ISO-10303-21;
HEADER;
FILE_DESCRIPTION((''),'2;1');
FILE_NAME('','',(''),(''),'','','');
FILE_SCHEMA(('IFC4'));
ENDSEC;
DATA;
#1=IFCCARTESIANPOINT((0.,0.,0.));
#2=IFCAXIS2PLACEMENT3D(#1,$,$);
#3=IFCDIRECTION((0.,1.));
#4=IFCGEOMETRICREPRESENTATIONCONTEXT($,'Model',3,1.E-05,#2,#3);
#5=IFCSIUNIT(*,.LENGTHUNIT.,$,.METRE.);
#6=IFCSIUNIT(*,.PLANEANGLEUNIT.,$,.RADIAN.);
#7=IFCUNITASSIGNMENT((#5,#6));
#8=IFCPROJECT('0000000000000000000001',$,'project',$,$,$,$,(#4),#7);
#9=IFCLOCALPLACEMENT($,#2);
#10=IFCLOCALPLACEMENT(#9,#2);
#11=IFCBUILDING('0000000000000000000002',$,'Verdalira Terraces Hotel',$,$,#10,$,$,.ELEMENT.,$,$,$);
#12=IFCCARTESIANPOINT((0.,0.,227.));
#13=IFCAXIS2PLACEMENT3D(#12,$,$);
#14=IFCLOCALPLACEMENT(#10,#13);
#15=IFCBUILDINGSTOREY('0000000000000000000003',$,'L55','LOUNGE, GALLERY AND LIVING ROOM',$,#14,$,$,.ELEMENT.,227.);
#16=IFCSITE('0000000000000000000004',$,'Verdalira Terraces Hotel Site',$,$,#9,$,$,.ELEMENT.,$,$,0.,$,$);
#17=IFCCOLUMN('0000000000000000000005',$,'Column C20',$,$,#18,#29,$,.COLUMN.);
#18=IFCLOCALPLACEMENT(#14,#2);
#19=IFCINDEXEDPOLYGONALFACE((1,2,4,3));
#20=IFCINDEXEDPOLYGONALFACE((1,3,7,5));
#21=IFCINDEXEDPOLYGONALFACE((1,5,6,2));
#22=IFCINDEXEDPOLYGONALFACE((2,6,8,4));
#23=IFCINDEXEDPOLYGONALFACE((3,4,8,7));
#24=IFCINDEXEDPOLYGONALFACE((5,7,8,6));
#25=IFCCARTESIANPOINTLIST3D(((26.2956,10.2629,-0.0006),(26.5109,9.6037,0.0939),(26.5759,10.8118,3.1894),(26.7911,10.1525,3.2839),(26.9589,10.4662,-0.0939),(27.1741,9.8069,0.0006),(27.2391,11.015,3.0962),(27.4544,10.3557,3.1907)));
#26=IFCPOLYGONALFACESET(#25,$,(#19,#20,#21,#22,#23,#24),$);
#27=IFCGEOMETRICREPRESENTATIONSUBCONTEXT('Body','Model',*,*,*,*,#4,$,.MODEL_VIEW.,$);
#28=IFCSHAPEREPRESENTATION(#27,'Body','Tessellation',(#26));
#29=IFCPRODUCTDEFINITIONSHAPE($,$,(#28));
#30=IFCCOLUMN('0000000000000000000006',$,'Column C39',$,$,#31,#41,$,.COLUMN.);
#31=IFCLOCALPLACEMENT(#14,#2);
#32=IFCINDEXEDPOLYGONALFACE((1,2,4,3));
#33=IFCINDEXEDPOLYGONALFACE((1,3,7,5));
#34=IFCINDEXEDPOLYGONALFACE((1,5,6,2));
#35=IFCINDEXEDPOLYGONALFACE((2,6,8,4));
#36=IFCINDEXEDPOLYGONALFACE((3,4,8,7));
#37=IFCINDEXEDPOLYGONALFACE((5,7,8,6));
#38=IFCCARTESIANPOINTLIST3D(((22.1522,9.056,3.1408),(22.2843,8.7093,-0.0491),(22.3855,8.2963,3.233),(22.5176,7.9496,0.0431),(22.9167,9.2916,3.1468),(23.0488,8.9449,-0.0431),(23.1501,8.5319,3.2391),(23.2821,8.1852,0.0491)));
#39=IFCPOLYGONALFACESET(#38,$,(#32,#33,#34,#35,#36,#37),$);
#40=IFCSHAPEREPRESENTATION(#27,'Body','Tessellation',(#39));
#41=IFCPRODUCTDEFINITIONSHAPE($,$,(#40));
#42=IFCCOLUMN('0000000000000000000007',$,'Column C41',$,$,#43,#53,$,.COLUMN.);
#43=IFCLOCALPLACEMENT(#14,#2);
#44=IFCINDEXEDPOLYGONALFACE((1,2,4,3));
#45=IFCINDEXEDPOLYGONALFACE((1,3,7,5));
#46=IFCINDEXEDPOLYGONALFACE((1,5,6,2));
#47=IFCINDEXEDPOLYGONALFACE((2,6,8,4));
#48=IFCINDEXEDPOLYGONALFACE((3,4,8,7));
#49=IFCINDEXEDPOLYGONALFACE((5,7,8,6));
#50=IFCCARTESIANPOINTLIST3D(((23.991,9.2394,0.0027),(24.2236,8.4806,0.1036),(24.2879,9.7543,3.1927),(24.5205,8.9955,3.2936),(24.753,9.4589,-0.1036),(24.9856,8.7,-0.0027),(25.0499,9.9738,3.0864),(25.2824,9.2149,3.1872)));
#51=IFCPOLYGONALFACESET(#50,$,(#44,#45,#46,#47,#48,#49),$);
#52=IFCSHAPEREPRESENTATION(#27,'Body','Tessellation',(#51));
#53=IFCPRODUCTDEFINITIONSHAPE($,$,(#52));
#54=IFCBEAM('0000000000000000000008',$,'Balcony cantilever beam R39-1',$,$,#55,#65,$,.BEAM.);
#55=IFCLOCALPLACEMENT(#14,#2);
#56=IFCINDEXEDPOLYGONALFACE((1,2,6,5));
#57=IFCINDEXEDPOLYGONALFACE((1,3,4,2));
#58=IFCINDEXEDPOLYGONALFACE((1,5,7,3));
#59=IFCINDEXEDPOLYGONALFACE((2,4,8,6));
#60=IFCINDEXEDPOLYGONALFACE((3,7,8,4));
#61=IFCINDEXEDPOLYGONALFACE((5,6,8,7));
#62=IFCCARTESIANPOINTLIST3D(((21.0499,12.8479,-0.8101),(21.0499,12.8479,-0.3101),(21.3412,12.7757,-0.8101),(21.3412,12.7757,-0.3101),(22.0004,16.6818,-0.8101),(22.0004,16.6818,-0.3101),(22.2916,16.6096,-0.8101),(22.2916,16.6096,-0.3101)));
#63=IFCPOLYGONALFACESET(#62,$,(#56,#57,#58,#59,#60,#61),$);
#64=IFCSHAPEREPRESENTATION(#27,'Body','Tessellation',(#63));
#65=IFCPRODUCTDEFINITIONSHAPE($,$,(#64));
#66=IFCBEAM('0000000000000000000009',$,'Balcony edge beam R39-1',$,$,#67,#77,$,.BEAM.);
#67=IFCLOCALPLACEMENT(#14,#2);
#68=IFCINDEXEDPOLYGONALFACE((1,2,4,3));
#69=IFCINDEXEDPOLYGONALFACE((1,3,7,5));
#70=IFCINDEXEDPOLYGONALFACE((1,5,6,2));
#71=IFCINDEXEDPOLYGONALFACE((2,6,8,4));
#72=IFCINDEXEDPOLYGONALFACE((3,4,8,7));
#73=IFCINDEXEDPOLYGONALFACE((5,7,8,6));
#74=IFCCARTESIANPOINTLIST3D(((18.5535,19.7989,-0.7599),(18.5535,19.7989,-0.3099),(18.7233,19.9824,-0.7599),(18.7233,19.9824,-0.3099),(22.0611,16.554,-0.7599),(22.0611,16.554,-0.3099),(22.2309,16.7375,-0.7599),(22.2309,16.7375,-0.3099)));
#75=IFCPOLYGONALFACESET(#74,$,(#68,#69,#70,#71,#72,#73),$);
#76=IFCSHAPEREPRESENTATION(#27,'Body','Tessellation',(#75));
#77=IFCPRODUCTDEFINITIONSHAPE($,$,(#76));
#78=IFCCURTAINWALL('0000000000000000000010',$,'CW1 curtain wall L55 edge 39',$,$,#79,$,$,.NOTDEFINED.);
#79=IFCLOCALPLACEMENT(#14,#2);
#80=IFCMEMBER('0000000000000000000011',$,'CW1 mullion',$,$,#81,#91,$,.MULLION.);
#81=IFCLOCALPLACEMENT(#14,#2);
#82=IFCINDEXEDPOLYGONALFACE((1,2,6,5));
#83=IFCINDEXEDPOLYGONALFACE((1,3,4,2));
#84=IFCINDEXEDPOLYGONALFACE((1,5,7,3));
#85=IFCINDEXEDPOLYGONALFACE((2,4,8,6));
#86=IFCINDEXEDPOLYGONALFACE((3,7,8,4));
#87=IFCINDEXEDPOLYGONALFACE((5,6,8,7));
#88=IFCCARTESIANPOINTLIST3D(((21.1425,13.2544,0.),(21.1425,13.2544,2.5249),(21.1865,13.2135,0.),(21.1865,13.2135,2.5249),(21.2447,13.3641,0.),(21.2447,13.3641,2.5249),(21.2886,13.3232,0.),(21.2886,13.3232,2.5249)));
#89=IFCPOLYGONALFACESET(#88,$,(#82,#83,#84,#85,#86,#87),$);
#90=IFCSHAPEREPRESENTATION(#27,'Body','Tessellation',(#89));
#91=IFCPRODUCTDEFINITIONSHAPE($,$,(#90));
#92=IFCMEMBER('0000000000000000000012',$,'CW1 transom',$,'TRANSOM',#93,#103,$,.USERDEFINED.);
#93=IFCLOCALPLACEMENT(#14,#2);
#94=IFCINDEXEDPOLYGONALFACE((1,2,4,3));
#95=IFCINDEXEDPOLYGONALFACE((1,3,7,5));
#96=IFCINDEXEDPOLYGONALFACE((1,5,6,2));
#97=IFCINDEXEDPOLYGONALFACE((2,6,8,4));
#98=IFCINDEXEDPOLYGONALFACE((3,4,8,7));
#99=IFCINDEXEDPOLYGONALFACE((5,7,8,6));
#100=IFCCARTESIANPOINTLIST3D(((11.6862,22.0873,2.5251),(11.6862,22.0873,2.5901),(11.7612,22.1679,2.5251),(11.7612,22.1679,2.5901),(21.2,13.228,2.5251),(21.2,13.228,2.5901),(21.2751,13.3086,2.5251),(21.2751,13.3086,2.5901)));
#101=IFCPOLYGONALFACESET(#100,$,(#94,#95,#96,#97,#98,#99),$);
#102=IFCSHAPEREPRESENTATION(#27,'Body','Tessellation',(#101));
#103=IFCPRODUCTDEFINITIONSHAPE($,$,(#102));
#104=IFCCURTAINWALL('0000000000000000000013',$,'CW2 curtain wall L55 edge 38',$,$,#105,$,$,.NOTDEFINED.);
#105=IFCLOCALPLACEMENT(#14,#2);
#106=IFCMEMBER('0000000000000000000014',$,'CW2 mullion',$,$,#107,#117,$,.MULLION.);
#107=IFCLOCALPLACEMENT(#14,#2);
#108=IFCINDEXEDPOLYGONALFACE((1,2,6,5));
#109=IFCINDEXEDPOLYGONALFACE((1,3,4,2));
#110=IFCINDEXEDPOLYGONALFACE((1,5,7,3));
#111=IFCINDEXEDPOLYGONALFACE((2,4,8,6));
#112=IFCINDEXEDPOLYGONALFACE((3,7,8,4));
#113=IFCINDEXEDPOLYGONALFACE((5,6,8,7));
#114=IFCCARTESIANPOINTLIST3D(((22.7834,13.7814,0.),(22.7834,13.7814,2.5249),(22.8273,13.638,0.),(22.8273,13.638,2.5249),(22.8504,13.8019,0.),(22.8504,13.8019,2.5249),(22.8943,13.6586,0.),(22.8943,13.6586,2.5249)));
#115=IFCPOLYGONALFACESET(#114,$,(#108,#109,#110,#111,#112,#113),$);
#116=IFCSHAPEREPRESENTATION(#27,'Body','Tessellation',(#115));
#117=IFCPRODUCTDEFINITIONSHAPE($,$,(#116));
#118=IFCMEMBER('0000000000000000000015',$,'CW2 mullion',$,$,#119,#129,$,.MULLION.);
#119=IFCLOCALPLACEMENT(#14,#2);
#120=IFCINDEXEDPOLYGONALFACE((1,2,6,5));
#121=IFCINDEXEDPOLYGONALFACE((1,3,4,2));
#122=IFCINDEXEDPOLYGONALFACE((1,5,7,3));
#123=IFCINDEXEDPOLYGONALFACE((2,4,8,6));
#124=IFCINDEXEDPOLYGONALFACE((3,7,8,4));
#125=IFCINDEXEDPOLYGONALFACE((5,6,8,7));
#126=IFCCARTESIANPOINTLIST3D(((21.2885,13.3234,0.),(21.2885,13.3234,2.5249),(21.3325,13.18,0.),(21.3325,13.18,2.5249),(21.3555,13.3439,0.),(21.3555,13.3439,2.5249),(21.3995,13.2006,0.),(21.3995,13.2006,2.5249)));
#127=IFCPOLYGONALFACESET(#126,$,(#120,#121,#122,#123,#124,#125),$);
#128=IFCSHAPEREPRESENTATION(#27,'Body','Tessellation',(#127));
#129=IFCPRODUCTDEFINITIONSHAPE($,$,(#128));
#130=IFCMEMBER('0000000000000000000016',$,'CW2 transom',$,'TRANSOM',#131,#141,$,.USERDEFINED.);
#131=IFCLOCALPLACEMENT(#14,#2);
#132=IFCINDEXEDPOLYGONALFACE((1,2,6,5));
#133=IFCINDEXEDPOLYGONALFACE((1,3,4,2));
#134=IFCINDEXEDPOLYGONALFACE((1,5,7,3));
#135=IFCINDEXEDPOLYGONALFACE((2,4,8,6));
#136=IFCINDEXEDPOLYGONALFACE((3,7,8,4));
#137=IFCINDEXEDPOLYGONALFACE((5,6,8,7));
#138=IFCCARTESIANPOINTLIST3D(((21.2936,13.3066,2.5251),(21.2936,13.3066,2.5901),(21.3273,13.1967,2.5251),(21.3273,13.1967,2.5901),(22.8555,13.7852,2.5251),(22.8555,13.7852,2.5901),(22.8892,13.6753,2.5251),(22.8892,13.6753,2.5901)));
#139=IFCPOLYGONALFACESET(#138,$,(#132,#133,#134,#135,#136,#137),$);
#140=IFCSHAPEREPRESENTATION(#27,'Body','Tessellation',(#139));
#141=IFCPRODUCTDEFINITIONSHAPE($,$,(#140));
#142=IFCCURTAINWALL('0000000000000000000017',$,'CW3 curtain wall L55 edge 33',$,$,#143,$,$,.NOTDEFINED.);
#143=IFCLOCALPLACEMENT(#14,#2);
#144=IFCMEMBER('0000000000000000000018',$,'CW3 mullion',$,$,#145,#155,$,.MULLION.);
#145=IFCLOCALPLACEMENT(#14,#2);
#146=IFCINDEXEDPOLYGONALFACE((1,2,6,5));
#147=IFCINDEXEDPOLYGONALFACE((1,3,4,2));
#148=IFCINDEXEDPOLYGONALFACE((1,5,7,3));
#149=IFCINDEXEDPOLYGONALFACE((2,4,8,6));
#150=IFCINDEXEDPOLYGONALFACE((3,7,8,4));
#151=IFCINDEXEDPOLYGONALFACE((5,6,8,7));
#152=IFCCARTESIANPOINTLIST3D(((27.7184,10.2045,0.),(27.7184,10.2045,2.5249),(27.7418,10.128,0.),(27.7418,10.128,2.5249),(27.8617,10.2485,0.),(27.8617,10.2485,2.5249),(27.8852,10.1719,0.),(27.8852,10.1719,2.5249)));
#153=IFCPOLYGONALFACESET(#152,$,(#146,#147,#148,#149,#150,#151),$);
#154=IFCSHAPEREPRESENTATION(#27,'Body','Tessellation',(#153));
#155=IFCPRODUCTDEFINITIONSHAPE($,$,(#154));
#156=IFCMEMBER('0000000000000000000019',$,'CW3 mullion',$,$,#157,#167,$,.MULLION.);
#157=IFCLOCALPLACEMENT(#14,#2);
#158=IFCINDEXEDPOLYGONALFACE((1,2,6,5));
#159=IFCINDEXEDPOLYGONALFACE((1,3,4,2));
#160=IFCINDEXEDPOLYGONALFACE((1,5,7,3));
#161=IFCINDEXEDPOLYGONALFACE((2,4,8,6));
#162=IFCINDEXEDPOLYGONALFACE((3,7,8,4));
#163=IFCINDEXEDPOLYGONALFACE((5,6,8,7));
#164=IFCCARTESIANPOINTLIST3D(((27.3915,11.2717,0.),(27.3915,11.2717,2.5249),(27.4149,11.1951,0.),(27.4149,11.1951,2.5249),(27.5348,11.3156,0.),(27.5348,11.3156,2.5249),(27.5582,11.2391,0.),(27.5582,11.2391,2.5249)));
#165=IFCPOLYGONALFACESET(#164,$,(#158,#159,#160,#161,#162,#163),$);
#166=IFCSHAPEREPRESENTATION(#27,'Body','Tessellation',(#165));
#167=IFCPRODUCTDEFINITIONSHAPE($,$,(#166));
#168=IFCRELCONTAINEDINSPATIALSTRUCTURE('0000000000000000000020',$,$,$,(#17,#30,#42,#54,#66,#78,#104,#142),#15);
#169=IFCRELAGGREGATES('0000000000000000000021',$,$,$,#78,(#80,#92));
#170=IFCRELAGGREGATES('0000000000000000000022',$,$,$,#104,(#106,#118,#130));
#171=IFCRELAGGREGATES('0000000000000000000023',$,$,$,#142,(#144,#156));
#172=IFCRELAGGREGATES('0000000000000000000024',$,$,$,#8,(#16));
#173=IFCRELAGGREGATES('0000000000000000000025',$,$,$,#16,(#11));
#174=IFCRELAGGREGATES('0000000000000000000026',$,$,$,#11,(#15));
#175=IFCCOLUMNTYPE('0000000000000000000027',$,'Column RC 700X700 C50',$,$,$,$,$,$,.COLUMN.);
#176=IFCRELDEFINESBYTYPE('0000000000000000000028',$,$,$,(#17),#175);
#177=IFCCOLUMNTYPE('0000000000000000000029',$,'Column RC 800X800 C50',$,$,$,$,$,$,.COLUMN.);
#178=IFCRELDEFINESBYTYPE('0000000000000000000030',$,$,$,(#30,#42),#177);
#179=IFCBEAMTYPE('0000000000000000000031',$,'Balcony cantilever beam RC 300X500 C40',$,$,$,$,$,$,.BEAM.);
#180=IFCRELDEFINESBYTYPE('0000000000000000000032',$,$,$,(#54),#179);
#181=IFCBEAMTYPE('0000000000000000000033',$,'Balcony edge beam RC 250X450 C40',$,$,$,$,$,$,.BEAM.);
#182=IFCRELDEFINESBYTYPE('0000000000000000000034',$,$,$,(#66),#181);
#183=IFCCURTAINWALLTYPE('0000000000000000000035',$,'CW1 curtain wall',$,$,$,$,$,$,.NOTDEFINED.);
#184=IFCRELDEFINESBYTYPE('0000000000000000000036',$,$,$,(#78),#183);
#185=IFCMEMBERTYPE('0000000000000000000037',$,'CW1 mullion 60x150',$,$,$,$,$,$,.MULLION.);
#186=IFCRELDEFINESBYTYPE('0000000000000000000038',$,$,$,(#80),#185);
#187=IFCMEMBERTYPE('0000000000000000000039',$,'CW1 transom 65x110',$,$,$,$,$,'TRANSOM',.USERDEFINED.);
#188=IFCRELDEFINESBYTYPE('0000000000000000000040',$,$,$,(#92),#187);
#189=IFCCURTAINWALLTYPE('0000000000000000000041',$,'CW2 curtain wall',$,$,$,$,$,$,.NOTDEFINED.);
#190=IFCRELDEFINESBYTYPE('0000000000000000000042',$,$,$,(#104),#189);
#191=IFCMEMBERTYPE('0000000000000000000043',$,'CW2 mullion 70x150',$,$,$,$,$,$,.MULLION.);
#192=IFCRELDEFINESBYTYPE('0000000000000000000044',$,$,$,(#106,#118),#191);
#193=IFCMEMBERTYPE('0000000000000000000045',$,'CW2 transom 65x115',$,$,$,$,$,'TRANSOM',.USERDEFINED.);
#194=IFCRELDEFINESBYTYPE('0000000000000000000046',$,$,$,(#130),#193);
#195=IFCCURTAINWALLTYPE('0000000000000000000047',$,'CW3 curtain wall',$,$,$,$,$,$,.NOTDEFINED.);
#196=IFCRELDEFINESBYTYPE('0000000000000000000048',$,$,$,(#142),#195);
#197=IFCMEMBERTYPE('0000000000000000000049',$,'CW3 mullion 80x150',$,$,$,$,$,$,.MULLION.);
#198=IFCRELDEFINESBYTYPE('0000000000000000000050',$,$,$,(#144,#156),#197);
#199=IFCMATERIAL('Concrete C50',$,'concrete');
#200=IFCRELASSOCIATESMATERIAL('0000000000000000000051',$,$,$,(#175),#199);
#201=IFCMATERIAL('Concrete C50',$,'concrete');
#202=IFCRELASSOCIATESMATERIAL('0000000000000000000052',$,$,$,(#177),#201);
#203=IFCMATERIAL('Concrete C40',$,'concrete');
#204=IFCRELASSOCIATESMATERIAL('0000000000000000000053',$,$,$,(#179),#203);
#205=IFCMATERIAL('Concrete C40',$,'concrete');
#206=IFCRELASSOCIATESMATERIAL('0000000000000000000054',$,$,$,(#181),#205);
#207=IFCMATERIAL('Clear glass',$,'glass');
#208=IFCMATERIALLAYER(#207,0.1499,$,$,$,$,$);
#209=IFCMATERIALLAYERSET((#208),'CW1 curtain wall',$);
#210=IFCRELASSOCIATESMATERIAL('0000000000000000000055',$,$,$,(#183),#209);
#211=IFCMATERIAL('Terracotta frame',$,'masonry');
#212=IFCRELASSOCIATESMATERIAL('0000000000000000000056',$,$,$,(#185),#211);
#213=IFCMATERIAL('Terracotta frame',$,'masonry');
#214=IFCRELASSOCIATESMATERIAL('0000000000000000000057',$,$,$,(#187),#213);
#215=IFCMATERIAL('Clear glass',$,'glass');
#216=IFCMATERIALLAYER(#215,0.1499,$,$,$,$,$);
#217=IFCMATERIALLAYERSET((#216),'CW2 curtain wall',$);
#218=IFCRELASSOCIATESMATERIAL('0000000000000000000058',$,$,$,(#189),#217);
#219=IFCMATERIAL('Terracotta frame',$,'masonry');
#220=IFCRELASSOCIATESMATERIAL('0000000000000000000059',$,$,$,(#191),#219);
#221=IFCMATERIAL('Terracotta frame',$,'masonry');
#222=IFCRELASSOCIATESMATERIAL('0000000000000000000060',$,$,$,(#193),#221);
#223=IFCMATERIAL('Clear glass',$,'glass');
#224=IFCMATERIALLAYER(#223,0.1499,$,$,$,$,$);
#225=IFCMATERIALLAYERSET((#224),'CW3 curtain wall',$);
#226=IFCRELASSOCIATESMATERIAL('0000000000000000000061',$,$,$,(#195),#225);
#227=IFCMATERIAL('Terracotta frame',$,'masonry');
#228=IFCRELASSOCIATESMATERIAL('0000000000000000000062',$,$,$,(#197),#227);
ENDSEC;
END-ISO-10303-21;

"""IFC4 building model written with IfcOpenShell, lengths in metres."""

from ifc_helpers import new_model, si_unit, direction, frame, origin, origin_2d, place, context, subcontext, project, spatial, rectangle, extrude, material, layer, layer_set, material_profile, profile_set, type_object, element, aggregate, save


model = new_model("IFC4")

# Units and contexts
model_context = context("Model", 3, precision=1e-05, world=origin(), true_north=direction((0.0, 1.0)))
body_context = subcontext(model_context, "Body", "Model", "MODEL_VIEW")
ifc_project = project(units=[si_unit("LENGTHUNIT", "METRE"), si_unit("PLANEANGLEUNIT", "RADIAN")], contexts=[model_context])

# Site, building, storey
site_placement = place(None, origin())
site = spatial("IfcSite", under=ifc_project, at=site_placement, Name="Verdalira Terraces Hotel Site", CompositionType="ELEMENT", RefElevation=0.0)
building_placement = place(site_placement, origin())
building = spatial("IfcBuilding", under=site, at=building_placement, Name="Verdalira Terraces Hotel", CompositionType="ELEMENT")
storey_placement = place(building_placement, frame((0.0, 0.0, 227.0)))
storey = spatial("IfcBuildingStorey", under=building, at=storey_placement, Name="L55", Description="LOUNGE, GALLERY AND LIVING ROOM", CompositionType="ELEMENT", Elevation=227.0)

# Columns
ifc_material_1 = material(Name="Concrete C50", Category="concrete")
ifc_material_profile_1 = material_profile(ifc_material_1, rectangle(XDim=0.7, YDim=0.7, at=origin_2d()), Name="RC 700X700")
ifc_profile_set_1 = profile_set([ifc_material_profile_1], Name="Concrete C50")
column_type_1 = type_object("IfcColumnType", Name="Column RC 700X700 C50", PredefinedType="COLUMN", material=ifc_profile_set_1)
column_1_placement = place(storey_placement, frame((26.7349, 10.0349, 0.0), z_axis=(0.086267, 0.168926, 0.981846), x_axis=(-0.307573, 0.941895, -0.135029)))
element("IfcColumn", 1, at=column_1_placement, inside=storey, type_object=column_type_1, Name="Column C20", PredefinedType="COLUMN", context=body_context, shape_type="SweptSolid", body=[
    extrude(rectangle(XDim=0.7, YDim=0.7, at=origin_2d()), origin(), (0.0, 0.0, 1.0), 3.249),
])
ifc_material_2 = material(Name="Concrete C50", Category="concrete")
ifc_material_profile_2 = material_profile(ifc_material_2, rectangle(XDim=0.8, YDim=0.8, at=origin_2d()), Name="RC 800X800")
ifc_profile_set_2 = profile_set([ifc_material_profile_2], Name="Concrete C50")
column_type_2 = type_object("IfcColumnType", Name="Column RC 800X800 C50", PredefinedType="COLUMN", material=ifc_profile_set_2)
column_2_placement = place(storey_placement, frame((22.7832, 8.4473, 0.0), z_axis=(-0.041128, 0.107951, 0.993305), x_axis=(0.955645, 0.294424, 0.007571)))
element("IfcColumn", 2, at=column_2_placement, inside=storey, type_object=column_type_2, Name="Column C39", PredefinedType="COLUMN", context=body_context, shape_type="SweptSolid", body=[
    extrude(rectangle(XDim=0.8, YDim=0.8, at=origin_2d()), origin(), (0.0, 0.0, 1.0), 3.2114),
])
column_3_placement = place(storey_placement, frame((24.4883, 8.9697, 0.0), z_axis=(0.091491, 0.158681, 0.983082), x_axis=(0.952422, 0.274275, -0.132909)))
element("IfcColumn", 3, at=column_3_placement, inside=storey, type_object=column_type_2, Name="Column C41", PredefinedType="COLUMN", context=body_context, shape_type="SweptSolid", body=[
    extrude(rectangle(XDim=0.8, YDim=0.8, at=origin_2d()), origin(), (0.0, 0.0, 1.0), 3.2449),
])

# Beams
ifc_material_3 = material(Name="Concrete C40", Category="concrete")
ifc_material_profile_3 = material_profile(ifc_material_3, rectangle(XDim=0.3, YDim=0.5, at=origin_2d()), Name="RC 300X500")
ifc_profile_set_3 = profile_set([ifc_material_profile_3], Name="Concrete C40")
beam_type_1 = type_object("IfcBeamType", Name="Balcony cantilever beam RC 300X500 C40", PredefinedType="BEAM", material=ifc_profile_set_3)
beam_1_placement = place(storey_placement, frame((21.1956, 12.8118, -0.5601), z_axis=(0.240615, 0.970621, 0.0), x_axis=(-0.970621, 0.240615, 0.0)))
element("IfcBeam", 4, at=beam_1_placement, inside=storey, type_object=beam_type_1, Name="Balcony cantilever beam R39-1", PredefinedType="BEAM", context=body_context, shape_type="SweptSolid", body=[
    extrude(rectangle(XDim=0.3, YDim=0.5, at=origin_2d()), origin(), (0.0, 0.0, 1.0), 3.95),
])
ifc_material_4 = material(Name="Concrete C40", Category="concrete")
ifc_material_profile_4 = material_profile(ifc_material_4, rectangle(XDim=0.25, YDim=0.45, at=origin_2d()), Name="RC 250X450")
ifc_profile_set_4 = profile_set([ifc_material_profile_4], Name="Concrete C40")
beam_type_2 = type_object("IfcBeamType", Name="Balcony edge beam RC 250X450 C40", PredefinedType="BEAM", material=ifc_profile_set_4)
beam_2_placement = place(storey_placement, frame((22.146, 16.6458, -0.5349), z_axis=(-0.734061, 0.679084, 0.0), x_axis=(-0.679084, -0.734061, 0.0)))
element("IfcBeam", 5, at=beam_2_placement, inside=storey, type_object=beam_type_2, Name="Balcony edge beam R39-1", PredefinedType="BEAM", context=body_context, shape_type="SweptSolid", body=[
    extrude(rectangle(XDim=0.25, YDim=0.45, at=origin_2d()), origin(), (0.0, 0.0, 1.0), 4.7783),
])

# Curtain walls, members
ifc_material_5 = material(Name="Clear glass", Category="glass")
ifc_layer_1 = layer(ifc_material_5, 0.1499)
ifc_layer_set_1 = layer_set([ifc_layer_1], Name="CW1 curtain wall")
curtain_wall_type_1 = type_object("IfcCurtainWallType", Name="CW1 curtain wall", PredefinedType="NOTDEFINED", material=ifc_layer_set_1)
curtain_wall_1_placement = place(storey_placement, origin())
curtain_wall_1 = element("IfcCurtainWall", 6, at=curtain_wall_1_placement, inside=storey, type_object=curtain_wall_type_1, Name="CW1 curtain wall L55 edge 39", PredefinedType="NOTDEFINED")
ifc_material_6 = material(Name="Terracotta frame", Category="masonry")
ifc_material_profile_5 = material_profile(ifc_material_6, rectangle(XDim=0.0601, YDim=0.1499, at=origin_2d()), Name="MU 60x150")
ifc_profile_set_5 = profile_set([ifc_material_profile_5], Name="Terracotta frame")
member_type_1 = type_object("IfcMemberType", Name="CW1 mullion 60x150", PredefinedType="MULLION", material=ifc_profile_set_5)
member_1_placement = place(storey_placement, frame((21.2156, 13.2888, 0.0), z_axis=(0.0, 0.0, 1.0), x_axis=(-0.73183, 0.681488, 0.0)))
member_1 = element("IfcMember", 7, at=member_1_placement, type_object=member_type_1, Name="CW1 mullion", PredefinedType="MULLION", context=body_context, shape_type="SweptSolid", body=[
    extrude(rectangle(XDim=0.0601, YDim=0.1499, at=origin_2d()), origin(), (0.0, 0.0, 1.0), 2.5249),
])
ifc_material_7 = material(Name="Terracotta frame", Category="masonry")
ifc_material_profile_6 = material_profile(ifc_material_7, rectangle(XDim=0.1101, YDim=0.0649, at=origin_2d()), Name="TR 65x110")
ifc_profile_set_6 = profile_set([ifc_material_profile_6], Name="Terracotta frame")
member_type_2 = type_object("IfcMemberType", Name="CW1 transom 65x110", ElementType="TRANSOM", PredefinedType="USERDEFINED", material=ifc_profile_set_6)
member_2_placement = place(storey_placement, frame((21.2375, 13.2683, 2.5576), z_axis=(-0.731833, 0.681484, 0.0), x_axis=(-0.681484, -0.731833, 0.0)))
member_2 = element("IfcMember", 8, at=member_2_placement, type_object=member_type_2, Name="CW1 transom", ObjectType="TRANSOM", PredefinedType="USERDEFINED", context=body_context, shape_type="SweptSolid", body=[
    extrude(rectangle(XDim=0.1101, YDim=0.0649, at=origin_2d()), origin(), (0.0, 0.0, 1.0), 13.0),
])
aggregate(curtain_wall_1, [member_1, member_2])
ifc_material_8 = material(Name="Clear glass", Category="glass")
ifc_layer_2 = layer(ifc_material_8, 0.1499)
ifc_layer_set_2 = layer_set([ifc_layer_2], Name="CW2 curtain wall")
curtain_wall_type_2 = type_object("IfcCurtainWallType", Name="CW2 curtain wall", PredefinedType="NOTDEFINED", material=ifc_layer_set_2)
curtain_wall_2_placement = place(storey_placement, origin())
curtain_wall_2 = element("IfcCurtainWall", 9, at=curtain_wall_2_placement, inside=storey, type_object=curtain_wall_type_2, Name="CW2 curtain wall L55 edge 38", PredefinedType="NOTDEFINED")
ifc_material_9 = material(Name="Terracotta frame", Category="masonry")
ifc_material_profile_7 = material_profile(ifc_material_9, rectangle(XDim=0.0701, YDim=0.1499, at=origin_2d()), Name="MU 70x150")
ifc_profile_set_7 = profile_set([ifc_material_profile_7], Name="Terracotta frame")
member_type_3 = type_object("IfcMemberType", Name="CW2 mullion 70x150", PredefinedType="MULLION", material=ifc_profile_set_7)
member_3_placement = place(storey_placement, frame((22.8389, 13.72, 0.0), z_axis=(0.0, 0.0, 1.0), x_axis=(-0.9561, -0.293039, 0.0)))
member_3 = element("IfcMember", 10, at=member_3_placement, type_object=member_type_3, Name="CW2 mullion", PredefinedType="MULLION", context=body_context, shape_type="SweptSolid", body=[
    extrude(rectangle(XDim=0.0701, YDim=0.1499, at=origin_2d()), origin(), (0.0, 0.0, 1.0), 2.5249),
])
member_4_placement = place(storey_placement, frame((21.344, 13.262, 0.0), z_axis=(0.0, 0.0, 1.0), x_axis=(-0.9561, -0.293039, 0.0)))
member_4 = element("IfcMember", 11, at=member_4_placement, type_object=member_type_3, Name="CW2 mullion", PredefinedType="MULLION", context=body_context, shape_type="SweptSolid", body=[
    extrude(rectangle(XDim=0.0701, YDim=0.1499, at=origin_2d()), origin(), (0.0, 0.0, 1.0), 2.5249),
])
ifc_material_10 = material(Name="Terracotta frame", Category="masonry")
ifc_material_profile_8 = material_profile(ifc_material_10, rectangle(XDim=0.115, YDim=0.0649, at=origin_2d()), Name="TR 65x115")
ifc_profile_set_8 = profile_set([ifc_material_profile_8], Name="Terracotta frame")
member_type_4 = type_object("IfcMemberType", Name="CW2 transom 65x115", ElementType="TRANSOM", PredefinedType="USERDEFINED", material=ifc_profile_set_8)
member_5_placement = place(storey_placement, frame((22.8723, 13.7302, 2.5576), z_axis=(-0.956127, -0.292951, 0.0), x_axis=(0.292951, -0.956127, 0.0)))
member_5 = element("IfcMember", 12, at=member_5_placement, type_object=member_type_4, Name="CW2 transom", ObjectType="TRANSOM", PredefinedType="USERDEFINED", context=body_context, shape_type="SweptSolid", body=[
    extrude(rectangle(XDim=0.115, YDim=0.0649, at=origin_2d()), origin(), (0.0, 0.0, 1.0), 1.6335),
])
ifc_material_11 = material(Name="Clear glass", Category="glass")
ifc_layer_3 = layer(ifc_material_11, 0.1499)
ifc_layer_set_3 = layer_set([ifc_layer_3], Name="CW3 curtain wall")
curtain_wall_type_3 = type_object("IfcCurtainWallType", Name="CW3 curtain wall", PredefinedType="NOTDEFINED", material=ifc_layer_set_3)
curtain_wall_3_placement = place(storey_placement, origin())
curtain_wall_3 = element("IfcCurtainWall", 13, at=curtain_wall_3_placement, inside=storey, type_object=curtain_wall_type_3, Name="CW3 curtain wall L55 edge 33", PredefinedType="NOTDEFINED")
ifc_material_12 = material(Name="Terracotta frame", Category="masonry")
ifc_material_profile_9 = material_profile(ifc_material_12, rectangle(XDim=0.0801, YDim=0.1499, at=origin_2d()), Name="MU 80x150")
ifc_profile_set_9 = profile_set([ifc_material_profile_9], Name="Terracotta frame")
member_type_5 = type_object("IfcMemberType", Name="CW3 mullion 80x150", PredefinedType="MULLION", material=ifc_profile_set_9)
member_6_placement = place(storey_placement, frame((27.8018, 10.1882, 0.0), z_axis=(0.0, 0.0, 1.0), x_axis=(-0.293039, 0.9561, 0.0)))
member_6 = element("IfcMember", 14, at=member_6_placement, type_object=member_type_5, Name="CW3 mullion", PredefinedType="MULLION", context=body_context, shape_type="SweptSolid", body=[
    extrude(rectangle(XDim=0.0801, YDim=0.1499, at=origin_2d()), origin(), (0.0, 0.0, 1.0), 2.5249),
])
member_7_placement = place(storey_placement, frame((27.4749, 11.2554, 0.0), z_axis=(0.0, 0.0, 1.0), x_axis=(-0.293039, 0.9561, 0.0)))
member_7 = element("IfcMember", 15, at=member_7_placement, type_object=member_type_5, Name="CW3 mullion", PredefinedType="MULLION", context=body_context, shape_type="SweptSolid", body=[
    extrude(rectangle(XDim=0.0801, YDim=0.1499, at=origin_2d()), origin(), (0.0, 0.0, 1.0), 2.5249),
])

aggregate(curtain_wall_2, [member_3, member_4, member_5])
aggregate(curtain_wall_3, [member_6, member_7])

save(model, "model.ifc")
